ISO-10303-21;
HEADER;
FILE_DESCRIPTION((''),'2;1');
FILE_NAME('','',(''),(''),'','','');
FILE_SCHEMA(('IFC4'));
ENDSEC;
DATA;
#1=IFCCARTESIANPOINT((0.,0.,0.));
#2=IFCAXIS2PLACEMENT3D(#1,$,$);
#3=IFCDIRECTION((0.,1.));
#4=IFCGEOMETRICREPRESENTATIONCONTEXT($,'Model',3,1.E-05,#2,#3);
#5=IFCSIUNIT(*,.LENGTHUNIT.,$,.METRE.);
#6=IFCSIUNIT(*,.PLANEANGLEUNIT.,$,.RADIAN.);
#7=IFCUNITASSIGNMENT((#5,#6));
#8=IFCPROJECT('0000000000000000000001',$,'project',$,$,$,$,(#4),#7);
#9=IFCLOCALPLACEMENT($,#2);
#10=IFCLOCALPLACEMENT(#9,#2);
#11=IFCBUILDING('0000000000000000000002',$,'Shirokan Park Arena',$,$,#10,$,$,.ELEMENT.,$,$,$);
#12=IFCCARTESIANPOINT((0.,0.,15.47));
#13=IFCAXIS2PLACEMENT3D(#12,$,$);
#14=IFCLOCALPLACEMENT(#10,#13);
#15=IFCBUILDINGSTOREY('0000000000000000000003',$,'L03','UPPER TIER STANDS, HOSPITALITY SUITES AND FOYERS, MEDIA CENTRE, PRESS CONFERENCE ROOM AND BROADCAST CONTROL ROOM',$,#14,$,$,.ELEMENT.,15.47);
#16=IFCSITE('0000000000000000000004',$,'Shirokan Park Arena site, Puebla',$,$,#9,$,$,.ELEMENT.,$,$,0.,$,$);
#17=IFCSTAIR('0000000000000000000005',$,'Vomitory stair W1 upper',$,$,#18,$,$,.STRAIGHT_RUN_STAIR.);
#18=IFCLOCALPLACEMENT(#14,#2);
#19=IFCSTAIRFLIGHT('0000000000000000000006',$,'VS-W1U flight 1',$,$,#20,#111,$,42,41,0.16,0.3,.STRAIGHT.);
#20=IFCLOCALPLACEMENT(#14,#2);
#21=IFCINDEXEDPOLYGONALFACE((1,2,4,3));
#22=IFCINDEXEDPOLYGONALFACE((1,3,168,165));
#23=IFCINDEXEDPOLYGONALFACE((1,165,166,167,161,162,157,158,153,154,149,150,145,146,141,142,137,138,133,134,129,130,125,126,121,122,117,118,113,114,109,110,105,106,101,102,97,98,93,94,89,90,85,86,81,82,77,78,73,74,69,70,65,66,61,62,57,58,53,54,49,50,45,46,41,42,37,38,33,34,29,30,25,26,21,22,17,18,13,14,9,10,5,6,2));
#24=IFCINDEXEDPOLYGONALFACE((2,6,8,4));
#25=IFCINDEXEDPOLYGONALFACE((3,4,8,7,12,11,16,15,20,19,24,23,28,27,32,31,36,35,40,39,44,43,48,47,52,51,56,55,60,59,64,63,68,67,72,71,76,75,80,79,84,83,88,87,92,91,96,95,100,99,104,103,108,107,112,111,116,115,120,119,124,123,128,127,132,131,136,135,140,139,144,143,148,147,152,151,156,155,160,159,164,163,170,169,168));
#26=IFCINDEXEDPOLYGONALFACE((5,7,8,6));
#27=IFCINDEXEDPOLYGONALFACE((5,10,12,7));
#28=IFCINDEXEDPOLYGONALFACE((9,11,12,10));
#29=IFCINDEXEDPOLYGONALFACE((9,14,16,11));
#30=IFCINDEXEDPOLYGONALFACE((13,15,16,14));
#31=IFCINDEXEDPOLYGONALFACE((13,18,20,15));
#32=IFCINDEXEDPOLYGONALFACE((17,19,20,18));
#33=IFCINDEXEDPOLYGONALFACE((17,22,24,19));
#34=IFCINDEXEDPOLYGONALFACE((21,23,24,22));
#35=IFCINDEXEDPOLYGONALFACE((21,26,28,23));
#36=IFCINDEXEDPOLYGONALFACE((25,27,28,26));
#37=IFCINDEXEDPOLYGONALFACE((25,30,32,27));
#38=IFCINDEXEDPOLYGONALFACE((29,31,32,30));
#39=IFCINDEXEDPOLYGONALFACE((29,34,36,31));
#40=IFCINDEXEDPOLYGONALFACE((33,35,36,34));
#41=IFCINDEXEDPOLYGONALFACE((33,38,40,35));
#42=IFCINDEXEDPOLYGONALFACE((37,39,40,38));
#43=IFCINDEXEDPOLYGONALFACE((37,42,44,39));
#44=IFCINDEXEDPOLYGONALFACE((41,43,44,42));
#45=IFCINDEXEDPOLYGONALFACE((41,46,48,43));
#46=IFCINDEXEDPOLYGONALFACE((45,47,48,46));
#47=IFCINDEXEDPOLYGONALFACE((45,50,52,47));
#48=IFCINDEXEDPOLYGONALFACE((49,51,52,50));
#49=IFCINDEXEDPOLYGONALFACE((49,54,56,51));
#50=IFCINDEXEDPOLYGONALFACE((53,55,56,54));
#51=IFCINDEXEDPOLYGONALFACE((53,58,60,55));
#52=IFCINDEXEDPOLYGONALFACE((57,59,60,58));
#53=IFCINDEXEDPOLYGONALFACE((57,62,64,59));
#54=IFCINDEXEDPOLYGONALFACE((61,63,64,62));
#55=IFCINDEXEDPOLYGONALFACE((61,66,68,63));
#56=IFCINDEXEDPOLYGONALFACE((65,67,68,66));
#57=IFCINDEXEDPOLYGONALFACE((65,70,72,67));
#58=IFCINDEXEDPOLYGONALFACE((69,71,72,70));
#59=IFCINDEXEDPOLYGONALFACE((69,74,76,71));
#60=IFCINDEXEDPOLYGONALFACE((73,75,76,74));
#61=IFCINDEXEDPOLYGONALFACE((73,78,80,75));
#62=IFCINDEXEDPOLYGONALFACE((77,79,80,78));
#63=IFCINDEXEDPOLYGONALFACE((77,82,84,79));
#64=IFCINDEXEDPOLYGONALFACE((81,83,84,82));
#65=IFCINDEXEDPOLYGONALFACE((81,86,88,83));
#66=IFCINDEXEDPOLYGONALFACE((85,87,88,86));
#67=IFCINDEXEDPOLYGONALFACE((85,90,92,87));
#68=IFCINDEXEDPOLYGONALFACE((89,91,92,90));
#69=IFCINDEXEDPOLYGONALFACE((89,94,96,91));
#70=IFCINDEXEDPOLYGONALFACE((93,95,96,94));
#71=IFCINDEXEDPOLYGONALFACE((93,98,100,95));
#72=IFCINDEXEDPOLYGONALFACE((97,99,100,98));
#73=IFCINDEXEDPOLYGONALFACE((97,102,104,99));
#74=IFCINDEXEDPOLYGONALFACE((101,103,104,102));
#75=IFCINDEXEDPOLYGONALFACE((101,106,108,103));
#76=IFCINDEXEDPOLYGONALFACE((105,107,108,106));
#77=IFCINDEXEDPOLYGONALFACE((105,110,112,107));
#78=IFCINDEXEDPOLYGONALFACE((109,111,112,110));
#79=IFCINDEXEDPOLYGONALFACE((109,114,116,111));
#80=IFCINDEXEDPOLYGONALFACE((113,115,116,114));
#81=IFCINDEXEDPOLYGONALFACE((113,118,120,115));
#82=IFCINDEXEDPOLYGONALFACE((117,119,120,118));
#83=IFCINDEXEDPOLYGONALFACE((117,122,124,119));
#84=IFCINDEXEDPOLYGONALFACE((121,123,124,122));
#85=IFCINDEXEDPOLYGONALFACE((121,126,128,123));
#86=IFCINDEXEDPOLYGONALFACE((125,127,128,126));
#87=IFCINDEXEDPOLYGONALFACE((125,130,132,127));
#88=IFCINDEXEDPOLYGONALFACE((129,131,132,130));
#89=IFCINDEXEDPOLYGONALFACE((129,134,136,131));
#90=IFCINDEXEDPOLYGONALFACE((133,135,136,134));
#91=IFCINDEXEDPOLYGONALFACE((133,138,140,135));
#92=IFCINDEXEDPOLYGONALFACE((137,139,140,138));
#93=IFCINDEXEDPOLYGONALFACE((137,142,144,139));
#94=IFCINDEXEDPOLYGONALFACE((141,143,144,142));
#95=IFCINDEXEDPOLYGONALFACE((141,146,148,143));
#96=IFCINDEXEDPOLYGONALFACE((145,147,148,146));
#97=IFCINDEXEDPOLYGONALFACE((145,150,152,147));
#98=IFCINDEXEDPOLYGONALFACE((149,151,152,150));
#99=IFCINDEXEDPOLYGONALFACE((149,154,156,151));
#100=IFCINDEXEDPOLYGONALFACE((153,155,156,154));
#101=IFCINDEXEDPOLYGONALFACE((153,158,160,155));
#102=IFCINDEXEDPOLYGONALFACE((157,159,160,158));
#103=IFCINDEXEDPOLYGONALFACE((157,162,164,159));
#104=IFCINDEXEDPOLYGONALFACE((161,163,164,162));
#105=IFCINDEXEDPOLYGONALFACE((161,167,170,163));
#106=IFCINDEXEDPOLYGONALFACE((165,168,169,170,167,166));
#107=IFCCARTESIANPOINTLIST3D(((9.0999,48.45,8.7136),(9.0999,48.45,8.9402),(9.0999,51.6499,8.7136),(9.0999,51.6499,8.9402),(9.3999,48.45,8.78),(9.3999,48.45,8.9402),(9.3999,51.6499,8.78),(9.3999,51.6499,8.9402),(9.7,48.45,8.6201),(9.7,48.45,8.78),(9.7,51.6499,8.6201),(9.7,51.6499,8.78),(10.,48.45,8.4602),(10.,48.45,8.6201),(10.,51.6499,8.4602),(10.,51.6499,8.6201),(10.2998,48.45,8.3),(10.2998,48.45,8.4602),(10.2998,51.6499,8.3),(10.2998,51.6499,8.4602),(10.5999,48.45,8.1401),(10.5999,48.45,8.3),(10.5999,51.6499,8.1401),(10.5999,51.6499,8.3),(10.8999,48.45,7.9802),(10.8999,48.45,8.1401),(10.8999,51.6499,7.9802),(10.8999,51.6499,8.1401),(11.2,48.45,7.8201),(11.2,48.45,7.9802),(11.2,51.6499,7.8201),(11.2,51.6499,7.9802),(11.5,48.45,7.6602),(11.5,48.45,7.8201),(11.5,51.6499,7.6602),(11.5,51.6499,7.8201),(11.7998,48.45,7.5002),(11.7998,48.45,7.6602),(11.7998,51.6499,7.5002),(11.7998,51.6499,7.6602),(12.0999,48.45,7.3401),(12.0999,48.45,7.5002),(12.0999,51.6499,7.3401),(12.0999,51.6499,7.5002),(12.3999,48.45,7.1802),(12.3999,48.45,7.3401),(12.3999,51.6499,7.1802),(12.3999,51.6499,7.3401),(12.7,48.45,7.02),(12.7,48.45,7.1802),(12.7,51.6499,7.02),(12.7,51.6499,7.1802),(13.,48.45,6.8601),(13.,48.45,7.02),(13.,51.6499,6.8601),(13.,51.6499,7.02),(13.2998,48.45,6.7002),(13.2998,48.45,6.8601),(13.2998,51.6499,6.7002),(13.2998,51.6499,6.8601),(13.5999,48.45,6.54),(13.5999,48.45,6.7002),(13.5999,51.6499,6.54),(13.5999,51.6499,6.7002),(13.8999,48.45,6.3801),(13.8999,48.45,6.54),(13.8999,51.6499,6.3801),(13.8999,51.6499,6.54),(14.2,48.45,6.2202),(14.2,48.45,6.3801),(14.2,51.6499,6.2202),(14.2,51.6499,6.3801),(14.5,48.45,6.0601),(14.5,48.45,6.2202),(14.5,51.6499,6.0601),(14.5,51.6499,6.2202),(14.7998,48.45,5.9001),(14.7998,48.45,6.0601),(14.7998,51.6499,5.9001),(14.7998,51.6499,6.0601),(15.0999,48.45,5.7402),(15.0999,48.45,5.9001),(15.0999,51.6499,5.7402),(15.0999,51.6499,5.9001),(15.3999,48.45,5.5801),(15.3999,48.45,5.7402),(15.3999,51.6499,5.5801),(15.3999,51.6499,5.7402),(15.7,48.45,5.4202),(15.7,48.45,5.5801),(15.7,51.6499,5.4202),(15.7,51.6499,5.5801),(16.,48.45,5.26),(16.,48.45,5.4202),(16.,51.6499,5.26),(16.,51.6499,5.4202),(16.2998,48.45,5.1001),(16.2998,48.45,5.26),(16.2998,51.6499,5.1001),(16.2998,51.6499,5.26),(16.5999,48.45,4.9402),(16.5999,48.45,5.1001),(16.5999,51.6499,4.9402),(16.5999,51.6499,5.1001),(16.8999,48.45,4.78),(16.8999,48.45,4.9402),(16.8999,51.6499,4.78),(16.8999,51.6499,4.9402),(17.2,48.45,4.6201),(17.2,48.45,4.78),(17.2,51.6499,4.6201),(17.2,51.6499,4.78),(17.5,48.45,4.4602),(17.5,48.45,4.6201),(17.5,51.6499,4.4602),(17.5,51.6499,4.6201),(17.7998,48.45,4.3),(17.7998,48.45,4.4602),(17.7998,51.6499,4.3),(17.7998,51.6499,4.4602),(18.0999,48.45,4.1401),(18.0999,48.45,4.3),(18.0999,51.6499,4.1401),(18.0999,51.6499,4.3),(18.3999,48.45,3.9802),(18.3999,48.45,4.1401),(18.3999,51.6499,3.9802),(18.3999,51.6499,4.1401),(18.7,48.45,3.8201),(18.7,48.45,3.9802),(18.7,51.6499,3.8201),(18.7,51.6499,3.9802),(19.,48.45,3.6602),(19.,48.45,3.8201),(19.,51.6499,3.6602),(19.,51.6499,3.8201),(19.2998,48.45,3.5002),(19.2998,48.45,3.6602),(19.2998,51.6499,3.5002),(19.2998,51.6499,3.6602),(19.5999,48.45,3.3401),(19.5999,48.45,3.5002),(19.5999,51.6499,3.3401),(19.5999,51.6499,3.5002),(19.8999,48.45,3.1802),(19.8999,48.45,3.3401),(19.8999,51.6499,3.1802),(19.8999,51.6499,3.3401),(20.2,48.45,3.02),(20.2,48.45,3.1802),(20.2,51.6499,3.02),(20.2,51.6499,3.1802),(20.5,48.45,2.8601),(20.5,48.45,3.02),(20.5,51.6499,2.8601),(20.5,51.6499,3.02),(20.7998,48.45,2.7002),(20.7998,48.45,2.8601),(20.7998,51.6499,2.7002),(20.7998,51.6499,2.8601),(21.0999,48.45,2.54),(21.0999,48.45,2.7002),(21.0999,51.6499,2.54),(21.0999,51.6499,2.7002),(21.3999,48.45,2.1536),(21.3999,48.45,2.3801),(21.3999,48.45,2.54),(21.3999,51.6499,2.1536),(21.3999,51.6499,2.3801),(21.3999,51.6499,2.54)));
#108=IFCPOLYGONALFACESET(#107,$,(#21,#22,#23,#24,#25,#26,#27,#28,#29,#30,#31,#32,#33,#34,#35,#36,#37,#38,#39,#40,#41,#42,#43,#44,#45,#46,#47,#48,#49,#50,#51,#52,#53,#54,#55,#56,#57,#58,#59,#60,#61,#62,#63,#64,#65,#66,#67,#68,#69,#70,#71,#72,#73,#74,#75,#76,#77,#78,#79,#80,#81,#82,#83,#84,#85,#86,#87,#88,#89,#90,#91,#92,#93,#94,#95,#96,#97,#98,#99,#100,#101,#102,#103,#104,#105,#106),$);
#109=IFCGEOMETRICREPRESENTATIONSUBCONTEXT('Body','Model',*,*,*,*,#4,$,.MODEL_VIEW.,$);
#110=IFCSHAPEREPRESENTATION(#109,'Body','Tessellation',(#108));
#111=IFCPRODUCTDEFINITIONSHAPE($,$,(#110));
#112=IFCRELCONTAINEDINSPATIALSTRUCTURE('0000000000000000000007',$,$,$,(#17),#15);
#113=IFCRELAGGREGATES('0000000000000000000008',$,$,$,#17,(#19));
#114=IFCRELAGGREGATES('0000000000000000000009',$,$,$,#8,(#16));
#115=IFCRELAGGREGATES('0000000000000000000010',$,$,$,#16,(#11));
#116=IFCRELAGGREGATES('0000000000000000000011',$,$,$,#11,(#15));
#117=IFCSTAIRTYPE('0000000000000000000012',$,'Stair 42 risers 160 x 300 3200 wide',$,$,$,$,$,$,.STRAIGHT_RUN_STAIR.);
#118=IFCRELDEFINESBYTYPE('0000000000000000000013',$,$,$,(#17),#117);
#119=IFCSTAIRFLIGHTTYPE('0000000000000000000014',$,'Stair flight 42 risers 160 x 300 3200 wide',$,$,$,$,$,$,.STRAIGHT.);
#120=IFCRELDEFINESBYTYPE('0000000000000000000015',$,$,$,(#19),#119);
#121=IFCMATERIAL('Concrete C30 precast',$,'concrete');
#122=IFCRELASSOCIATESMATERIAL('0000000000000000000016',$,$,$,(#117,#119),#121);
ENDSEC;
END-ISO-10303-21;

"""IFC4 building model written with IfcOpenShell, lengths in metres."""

from ifc_helpers import new_model, si_unit, direction, frame, origin, place, context, subcontext, project, spatial, polyline, outline, extrude, material, type_object, element, aggregate, save


model = new_model("IFC4")

# Units and contexts
model_context = context("Model", 3, precision=1e-05, world=origin(), true_north=direction((0.0, 1.0)))
body_context = subcontext(model_context, "Body", "Model", "MODEL_VIEW")
ifc_project = project(units=[si_unit("LENGTHUNIT", "METRE"), si_unit("PLANEANGLEUNIT", "RADIAN")], contexts=[model_context])

# Site, building, storey
site_placement = place(None, origin())
site = spatial("IfcSite", under=ifc_project, at=site_placement, Name="Shirokan Park Arena site, Puebla", CompositionType="ELEMENT", RefElevation=0.0)
building_placement = place(site_placement, origin())
building = spatial("IfcBuilding", under=site, at=building_placement, Name="Shirokan Park Arena", CompositionType="ELEMENT")
storey_placement = place(building_placement, frame((0.0, 0.0, 15.47)))
storey = spatial("IfcBuildingStorey", under=building, at=storey_placement, Name="L03", Description="UPPER TIER STANDS, HOSPITALITY SUITES AND FOYERS, MEDIA CENTRE, PRESS CONFERENCE ROOM AND BROADCAST CONTROL ROOM", CompositionType="ELEMENT", Elevation=15.47)

# Stair, stair flight
ifc_material_1 = material(Name="Concrete C30 precast", Category="concrete")
stair_type = type_object("IfcStairType", Name="Stair 42 risers 160 x 300 3200 wide", PredefinedType="STRAIGHT_RUN_STAIR", material=ifc_material_1)
stair_placement = place(storey_placement, origin())
stair = element("IfcStair", 1, at=stair_placement, inside=storey, type_object=stair_type, Name="Vomitory stair W1 upper", PredefinedType="STRAIGHT_RUN_STAIR")
stair_flight_type = type_object("IfcStairFlightType", Name="Stair flight 42 risers 160 x 300 3200 wide", PredefinedType="STRAIGHT", material=ifc_material_1)
stair_flight_placement = place(storey_placement, frame((21.3999, 50.05, 2.3801), z_axis=(0.0, 0.0, 1.0), x_axis=(-1.0, 0.0, 0.0)))
stair_flight = element("IfcStairFlight", 2, at=stair_flight_placement, type_object=stair_flight_type, Name="VS-W1U flight 1", NumberOfRisers=42, NumberOfTreads=41, PredefinedType="STRAIGHT", RiserHeight=0.16, TreadLength=0.3, context=body_context, shape_type="SweptSolid", body=[
    extrude(outline(polyline([(0.0, -0.2266), (0.0, 0.0), (0.0, 0.1599), (0.3, 0.1599), (0.3, 0.3201), (0.6001, 0.3201), (0.6001, 0.48), (0.8999, 0.48), (0.8999, 0.6399), (1.2, 0.6399), (1.2, 0.8), (1.5, 0.8), (1.5, 0.96), (1.8, 0.96), (1.8, 1.1201), (2.1001, 1.1201), (2.1001, 1.28), (2.3999, 1.28), (2.3999, 1.4399), (2.7, 1.4399), (2.7, 1.6001), (3.0, 1.6001), (3.0, 1.76), (3.3, 1.76), (3.3, 1.9199), (3.6001, 1.9199), (3.6001, 2.0801), (3.8999, 2.0801), (3.8999, 2.24), (4.2, 2.24), (4.2, 2.3999), (4.5, 2.3999), (4.5, 2.5601), (4.8, 2.5601), (4.8, 2.72), (5.1001, 2.72), (5.1001, 2.8799), (5.3999, 2.8799), (5.3999, 3.04), (5.7, 3.04), (5.7, 3.2), (6.0, 3.2), (6.0, 3.3601), (6.3, 3.3601), (6.3, 3.52), (6.6001, 3.52), (6.6001, 3.6799), (6.8999, 3.6799), (6.8999, 3.8401), (7.2, 3.8401), (7.2, 4.0), (7.5, 4.0), (7.5, 4.1599), (7.8, 4.1599), (7.8, 4.3201), (8.1001, 4.3201), (8.1001, 4.48), (8.3999, 4.48), (8.3999, 4.6399), (8.7, 4.6399), (8.7, 4.8), (9.0, 4.8), (9.0, 4.96), (9.3, 4.96), (9.3, 5.1201), (9.6001, 5.1201), (9.6001, 5.28), (9.8999, 5.28), (9.8999, 5.4399), (10.2, 5.4399), (10.2, 5.6001), (10.5, 5.6001), (10.5, 5.76), (10.8, 5.76), (10.8, 5.9199), (11.1001, 5.9199), (11.1001, 6.0801), (11.3999, 6.0801), (11.3999, 6.24), (11.7, 6.24), (11.7, 6.3999), (12.0, 6.3999), (12.0, 6.5601), (12.3, 6.5601), (12.3, 6.72), (12.3, 6.3335), (0.0, -0.2266)])), frame((0.0, 1.6001, 0.0), z_axis=(0.0, -1.0, 0.0), x_axis=(1.0, 0.0, 0.0)), (0.0, 0.0, 1.0), 3.2),
])
aggregate(stair, [stair_flight])

save(model, "model.ifc")
